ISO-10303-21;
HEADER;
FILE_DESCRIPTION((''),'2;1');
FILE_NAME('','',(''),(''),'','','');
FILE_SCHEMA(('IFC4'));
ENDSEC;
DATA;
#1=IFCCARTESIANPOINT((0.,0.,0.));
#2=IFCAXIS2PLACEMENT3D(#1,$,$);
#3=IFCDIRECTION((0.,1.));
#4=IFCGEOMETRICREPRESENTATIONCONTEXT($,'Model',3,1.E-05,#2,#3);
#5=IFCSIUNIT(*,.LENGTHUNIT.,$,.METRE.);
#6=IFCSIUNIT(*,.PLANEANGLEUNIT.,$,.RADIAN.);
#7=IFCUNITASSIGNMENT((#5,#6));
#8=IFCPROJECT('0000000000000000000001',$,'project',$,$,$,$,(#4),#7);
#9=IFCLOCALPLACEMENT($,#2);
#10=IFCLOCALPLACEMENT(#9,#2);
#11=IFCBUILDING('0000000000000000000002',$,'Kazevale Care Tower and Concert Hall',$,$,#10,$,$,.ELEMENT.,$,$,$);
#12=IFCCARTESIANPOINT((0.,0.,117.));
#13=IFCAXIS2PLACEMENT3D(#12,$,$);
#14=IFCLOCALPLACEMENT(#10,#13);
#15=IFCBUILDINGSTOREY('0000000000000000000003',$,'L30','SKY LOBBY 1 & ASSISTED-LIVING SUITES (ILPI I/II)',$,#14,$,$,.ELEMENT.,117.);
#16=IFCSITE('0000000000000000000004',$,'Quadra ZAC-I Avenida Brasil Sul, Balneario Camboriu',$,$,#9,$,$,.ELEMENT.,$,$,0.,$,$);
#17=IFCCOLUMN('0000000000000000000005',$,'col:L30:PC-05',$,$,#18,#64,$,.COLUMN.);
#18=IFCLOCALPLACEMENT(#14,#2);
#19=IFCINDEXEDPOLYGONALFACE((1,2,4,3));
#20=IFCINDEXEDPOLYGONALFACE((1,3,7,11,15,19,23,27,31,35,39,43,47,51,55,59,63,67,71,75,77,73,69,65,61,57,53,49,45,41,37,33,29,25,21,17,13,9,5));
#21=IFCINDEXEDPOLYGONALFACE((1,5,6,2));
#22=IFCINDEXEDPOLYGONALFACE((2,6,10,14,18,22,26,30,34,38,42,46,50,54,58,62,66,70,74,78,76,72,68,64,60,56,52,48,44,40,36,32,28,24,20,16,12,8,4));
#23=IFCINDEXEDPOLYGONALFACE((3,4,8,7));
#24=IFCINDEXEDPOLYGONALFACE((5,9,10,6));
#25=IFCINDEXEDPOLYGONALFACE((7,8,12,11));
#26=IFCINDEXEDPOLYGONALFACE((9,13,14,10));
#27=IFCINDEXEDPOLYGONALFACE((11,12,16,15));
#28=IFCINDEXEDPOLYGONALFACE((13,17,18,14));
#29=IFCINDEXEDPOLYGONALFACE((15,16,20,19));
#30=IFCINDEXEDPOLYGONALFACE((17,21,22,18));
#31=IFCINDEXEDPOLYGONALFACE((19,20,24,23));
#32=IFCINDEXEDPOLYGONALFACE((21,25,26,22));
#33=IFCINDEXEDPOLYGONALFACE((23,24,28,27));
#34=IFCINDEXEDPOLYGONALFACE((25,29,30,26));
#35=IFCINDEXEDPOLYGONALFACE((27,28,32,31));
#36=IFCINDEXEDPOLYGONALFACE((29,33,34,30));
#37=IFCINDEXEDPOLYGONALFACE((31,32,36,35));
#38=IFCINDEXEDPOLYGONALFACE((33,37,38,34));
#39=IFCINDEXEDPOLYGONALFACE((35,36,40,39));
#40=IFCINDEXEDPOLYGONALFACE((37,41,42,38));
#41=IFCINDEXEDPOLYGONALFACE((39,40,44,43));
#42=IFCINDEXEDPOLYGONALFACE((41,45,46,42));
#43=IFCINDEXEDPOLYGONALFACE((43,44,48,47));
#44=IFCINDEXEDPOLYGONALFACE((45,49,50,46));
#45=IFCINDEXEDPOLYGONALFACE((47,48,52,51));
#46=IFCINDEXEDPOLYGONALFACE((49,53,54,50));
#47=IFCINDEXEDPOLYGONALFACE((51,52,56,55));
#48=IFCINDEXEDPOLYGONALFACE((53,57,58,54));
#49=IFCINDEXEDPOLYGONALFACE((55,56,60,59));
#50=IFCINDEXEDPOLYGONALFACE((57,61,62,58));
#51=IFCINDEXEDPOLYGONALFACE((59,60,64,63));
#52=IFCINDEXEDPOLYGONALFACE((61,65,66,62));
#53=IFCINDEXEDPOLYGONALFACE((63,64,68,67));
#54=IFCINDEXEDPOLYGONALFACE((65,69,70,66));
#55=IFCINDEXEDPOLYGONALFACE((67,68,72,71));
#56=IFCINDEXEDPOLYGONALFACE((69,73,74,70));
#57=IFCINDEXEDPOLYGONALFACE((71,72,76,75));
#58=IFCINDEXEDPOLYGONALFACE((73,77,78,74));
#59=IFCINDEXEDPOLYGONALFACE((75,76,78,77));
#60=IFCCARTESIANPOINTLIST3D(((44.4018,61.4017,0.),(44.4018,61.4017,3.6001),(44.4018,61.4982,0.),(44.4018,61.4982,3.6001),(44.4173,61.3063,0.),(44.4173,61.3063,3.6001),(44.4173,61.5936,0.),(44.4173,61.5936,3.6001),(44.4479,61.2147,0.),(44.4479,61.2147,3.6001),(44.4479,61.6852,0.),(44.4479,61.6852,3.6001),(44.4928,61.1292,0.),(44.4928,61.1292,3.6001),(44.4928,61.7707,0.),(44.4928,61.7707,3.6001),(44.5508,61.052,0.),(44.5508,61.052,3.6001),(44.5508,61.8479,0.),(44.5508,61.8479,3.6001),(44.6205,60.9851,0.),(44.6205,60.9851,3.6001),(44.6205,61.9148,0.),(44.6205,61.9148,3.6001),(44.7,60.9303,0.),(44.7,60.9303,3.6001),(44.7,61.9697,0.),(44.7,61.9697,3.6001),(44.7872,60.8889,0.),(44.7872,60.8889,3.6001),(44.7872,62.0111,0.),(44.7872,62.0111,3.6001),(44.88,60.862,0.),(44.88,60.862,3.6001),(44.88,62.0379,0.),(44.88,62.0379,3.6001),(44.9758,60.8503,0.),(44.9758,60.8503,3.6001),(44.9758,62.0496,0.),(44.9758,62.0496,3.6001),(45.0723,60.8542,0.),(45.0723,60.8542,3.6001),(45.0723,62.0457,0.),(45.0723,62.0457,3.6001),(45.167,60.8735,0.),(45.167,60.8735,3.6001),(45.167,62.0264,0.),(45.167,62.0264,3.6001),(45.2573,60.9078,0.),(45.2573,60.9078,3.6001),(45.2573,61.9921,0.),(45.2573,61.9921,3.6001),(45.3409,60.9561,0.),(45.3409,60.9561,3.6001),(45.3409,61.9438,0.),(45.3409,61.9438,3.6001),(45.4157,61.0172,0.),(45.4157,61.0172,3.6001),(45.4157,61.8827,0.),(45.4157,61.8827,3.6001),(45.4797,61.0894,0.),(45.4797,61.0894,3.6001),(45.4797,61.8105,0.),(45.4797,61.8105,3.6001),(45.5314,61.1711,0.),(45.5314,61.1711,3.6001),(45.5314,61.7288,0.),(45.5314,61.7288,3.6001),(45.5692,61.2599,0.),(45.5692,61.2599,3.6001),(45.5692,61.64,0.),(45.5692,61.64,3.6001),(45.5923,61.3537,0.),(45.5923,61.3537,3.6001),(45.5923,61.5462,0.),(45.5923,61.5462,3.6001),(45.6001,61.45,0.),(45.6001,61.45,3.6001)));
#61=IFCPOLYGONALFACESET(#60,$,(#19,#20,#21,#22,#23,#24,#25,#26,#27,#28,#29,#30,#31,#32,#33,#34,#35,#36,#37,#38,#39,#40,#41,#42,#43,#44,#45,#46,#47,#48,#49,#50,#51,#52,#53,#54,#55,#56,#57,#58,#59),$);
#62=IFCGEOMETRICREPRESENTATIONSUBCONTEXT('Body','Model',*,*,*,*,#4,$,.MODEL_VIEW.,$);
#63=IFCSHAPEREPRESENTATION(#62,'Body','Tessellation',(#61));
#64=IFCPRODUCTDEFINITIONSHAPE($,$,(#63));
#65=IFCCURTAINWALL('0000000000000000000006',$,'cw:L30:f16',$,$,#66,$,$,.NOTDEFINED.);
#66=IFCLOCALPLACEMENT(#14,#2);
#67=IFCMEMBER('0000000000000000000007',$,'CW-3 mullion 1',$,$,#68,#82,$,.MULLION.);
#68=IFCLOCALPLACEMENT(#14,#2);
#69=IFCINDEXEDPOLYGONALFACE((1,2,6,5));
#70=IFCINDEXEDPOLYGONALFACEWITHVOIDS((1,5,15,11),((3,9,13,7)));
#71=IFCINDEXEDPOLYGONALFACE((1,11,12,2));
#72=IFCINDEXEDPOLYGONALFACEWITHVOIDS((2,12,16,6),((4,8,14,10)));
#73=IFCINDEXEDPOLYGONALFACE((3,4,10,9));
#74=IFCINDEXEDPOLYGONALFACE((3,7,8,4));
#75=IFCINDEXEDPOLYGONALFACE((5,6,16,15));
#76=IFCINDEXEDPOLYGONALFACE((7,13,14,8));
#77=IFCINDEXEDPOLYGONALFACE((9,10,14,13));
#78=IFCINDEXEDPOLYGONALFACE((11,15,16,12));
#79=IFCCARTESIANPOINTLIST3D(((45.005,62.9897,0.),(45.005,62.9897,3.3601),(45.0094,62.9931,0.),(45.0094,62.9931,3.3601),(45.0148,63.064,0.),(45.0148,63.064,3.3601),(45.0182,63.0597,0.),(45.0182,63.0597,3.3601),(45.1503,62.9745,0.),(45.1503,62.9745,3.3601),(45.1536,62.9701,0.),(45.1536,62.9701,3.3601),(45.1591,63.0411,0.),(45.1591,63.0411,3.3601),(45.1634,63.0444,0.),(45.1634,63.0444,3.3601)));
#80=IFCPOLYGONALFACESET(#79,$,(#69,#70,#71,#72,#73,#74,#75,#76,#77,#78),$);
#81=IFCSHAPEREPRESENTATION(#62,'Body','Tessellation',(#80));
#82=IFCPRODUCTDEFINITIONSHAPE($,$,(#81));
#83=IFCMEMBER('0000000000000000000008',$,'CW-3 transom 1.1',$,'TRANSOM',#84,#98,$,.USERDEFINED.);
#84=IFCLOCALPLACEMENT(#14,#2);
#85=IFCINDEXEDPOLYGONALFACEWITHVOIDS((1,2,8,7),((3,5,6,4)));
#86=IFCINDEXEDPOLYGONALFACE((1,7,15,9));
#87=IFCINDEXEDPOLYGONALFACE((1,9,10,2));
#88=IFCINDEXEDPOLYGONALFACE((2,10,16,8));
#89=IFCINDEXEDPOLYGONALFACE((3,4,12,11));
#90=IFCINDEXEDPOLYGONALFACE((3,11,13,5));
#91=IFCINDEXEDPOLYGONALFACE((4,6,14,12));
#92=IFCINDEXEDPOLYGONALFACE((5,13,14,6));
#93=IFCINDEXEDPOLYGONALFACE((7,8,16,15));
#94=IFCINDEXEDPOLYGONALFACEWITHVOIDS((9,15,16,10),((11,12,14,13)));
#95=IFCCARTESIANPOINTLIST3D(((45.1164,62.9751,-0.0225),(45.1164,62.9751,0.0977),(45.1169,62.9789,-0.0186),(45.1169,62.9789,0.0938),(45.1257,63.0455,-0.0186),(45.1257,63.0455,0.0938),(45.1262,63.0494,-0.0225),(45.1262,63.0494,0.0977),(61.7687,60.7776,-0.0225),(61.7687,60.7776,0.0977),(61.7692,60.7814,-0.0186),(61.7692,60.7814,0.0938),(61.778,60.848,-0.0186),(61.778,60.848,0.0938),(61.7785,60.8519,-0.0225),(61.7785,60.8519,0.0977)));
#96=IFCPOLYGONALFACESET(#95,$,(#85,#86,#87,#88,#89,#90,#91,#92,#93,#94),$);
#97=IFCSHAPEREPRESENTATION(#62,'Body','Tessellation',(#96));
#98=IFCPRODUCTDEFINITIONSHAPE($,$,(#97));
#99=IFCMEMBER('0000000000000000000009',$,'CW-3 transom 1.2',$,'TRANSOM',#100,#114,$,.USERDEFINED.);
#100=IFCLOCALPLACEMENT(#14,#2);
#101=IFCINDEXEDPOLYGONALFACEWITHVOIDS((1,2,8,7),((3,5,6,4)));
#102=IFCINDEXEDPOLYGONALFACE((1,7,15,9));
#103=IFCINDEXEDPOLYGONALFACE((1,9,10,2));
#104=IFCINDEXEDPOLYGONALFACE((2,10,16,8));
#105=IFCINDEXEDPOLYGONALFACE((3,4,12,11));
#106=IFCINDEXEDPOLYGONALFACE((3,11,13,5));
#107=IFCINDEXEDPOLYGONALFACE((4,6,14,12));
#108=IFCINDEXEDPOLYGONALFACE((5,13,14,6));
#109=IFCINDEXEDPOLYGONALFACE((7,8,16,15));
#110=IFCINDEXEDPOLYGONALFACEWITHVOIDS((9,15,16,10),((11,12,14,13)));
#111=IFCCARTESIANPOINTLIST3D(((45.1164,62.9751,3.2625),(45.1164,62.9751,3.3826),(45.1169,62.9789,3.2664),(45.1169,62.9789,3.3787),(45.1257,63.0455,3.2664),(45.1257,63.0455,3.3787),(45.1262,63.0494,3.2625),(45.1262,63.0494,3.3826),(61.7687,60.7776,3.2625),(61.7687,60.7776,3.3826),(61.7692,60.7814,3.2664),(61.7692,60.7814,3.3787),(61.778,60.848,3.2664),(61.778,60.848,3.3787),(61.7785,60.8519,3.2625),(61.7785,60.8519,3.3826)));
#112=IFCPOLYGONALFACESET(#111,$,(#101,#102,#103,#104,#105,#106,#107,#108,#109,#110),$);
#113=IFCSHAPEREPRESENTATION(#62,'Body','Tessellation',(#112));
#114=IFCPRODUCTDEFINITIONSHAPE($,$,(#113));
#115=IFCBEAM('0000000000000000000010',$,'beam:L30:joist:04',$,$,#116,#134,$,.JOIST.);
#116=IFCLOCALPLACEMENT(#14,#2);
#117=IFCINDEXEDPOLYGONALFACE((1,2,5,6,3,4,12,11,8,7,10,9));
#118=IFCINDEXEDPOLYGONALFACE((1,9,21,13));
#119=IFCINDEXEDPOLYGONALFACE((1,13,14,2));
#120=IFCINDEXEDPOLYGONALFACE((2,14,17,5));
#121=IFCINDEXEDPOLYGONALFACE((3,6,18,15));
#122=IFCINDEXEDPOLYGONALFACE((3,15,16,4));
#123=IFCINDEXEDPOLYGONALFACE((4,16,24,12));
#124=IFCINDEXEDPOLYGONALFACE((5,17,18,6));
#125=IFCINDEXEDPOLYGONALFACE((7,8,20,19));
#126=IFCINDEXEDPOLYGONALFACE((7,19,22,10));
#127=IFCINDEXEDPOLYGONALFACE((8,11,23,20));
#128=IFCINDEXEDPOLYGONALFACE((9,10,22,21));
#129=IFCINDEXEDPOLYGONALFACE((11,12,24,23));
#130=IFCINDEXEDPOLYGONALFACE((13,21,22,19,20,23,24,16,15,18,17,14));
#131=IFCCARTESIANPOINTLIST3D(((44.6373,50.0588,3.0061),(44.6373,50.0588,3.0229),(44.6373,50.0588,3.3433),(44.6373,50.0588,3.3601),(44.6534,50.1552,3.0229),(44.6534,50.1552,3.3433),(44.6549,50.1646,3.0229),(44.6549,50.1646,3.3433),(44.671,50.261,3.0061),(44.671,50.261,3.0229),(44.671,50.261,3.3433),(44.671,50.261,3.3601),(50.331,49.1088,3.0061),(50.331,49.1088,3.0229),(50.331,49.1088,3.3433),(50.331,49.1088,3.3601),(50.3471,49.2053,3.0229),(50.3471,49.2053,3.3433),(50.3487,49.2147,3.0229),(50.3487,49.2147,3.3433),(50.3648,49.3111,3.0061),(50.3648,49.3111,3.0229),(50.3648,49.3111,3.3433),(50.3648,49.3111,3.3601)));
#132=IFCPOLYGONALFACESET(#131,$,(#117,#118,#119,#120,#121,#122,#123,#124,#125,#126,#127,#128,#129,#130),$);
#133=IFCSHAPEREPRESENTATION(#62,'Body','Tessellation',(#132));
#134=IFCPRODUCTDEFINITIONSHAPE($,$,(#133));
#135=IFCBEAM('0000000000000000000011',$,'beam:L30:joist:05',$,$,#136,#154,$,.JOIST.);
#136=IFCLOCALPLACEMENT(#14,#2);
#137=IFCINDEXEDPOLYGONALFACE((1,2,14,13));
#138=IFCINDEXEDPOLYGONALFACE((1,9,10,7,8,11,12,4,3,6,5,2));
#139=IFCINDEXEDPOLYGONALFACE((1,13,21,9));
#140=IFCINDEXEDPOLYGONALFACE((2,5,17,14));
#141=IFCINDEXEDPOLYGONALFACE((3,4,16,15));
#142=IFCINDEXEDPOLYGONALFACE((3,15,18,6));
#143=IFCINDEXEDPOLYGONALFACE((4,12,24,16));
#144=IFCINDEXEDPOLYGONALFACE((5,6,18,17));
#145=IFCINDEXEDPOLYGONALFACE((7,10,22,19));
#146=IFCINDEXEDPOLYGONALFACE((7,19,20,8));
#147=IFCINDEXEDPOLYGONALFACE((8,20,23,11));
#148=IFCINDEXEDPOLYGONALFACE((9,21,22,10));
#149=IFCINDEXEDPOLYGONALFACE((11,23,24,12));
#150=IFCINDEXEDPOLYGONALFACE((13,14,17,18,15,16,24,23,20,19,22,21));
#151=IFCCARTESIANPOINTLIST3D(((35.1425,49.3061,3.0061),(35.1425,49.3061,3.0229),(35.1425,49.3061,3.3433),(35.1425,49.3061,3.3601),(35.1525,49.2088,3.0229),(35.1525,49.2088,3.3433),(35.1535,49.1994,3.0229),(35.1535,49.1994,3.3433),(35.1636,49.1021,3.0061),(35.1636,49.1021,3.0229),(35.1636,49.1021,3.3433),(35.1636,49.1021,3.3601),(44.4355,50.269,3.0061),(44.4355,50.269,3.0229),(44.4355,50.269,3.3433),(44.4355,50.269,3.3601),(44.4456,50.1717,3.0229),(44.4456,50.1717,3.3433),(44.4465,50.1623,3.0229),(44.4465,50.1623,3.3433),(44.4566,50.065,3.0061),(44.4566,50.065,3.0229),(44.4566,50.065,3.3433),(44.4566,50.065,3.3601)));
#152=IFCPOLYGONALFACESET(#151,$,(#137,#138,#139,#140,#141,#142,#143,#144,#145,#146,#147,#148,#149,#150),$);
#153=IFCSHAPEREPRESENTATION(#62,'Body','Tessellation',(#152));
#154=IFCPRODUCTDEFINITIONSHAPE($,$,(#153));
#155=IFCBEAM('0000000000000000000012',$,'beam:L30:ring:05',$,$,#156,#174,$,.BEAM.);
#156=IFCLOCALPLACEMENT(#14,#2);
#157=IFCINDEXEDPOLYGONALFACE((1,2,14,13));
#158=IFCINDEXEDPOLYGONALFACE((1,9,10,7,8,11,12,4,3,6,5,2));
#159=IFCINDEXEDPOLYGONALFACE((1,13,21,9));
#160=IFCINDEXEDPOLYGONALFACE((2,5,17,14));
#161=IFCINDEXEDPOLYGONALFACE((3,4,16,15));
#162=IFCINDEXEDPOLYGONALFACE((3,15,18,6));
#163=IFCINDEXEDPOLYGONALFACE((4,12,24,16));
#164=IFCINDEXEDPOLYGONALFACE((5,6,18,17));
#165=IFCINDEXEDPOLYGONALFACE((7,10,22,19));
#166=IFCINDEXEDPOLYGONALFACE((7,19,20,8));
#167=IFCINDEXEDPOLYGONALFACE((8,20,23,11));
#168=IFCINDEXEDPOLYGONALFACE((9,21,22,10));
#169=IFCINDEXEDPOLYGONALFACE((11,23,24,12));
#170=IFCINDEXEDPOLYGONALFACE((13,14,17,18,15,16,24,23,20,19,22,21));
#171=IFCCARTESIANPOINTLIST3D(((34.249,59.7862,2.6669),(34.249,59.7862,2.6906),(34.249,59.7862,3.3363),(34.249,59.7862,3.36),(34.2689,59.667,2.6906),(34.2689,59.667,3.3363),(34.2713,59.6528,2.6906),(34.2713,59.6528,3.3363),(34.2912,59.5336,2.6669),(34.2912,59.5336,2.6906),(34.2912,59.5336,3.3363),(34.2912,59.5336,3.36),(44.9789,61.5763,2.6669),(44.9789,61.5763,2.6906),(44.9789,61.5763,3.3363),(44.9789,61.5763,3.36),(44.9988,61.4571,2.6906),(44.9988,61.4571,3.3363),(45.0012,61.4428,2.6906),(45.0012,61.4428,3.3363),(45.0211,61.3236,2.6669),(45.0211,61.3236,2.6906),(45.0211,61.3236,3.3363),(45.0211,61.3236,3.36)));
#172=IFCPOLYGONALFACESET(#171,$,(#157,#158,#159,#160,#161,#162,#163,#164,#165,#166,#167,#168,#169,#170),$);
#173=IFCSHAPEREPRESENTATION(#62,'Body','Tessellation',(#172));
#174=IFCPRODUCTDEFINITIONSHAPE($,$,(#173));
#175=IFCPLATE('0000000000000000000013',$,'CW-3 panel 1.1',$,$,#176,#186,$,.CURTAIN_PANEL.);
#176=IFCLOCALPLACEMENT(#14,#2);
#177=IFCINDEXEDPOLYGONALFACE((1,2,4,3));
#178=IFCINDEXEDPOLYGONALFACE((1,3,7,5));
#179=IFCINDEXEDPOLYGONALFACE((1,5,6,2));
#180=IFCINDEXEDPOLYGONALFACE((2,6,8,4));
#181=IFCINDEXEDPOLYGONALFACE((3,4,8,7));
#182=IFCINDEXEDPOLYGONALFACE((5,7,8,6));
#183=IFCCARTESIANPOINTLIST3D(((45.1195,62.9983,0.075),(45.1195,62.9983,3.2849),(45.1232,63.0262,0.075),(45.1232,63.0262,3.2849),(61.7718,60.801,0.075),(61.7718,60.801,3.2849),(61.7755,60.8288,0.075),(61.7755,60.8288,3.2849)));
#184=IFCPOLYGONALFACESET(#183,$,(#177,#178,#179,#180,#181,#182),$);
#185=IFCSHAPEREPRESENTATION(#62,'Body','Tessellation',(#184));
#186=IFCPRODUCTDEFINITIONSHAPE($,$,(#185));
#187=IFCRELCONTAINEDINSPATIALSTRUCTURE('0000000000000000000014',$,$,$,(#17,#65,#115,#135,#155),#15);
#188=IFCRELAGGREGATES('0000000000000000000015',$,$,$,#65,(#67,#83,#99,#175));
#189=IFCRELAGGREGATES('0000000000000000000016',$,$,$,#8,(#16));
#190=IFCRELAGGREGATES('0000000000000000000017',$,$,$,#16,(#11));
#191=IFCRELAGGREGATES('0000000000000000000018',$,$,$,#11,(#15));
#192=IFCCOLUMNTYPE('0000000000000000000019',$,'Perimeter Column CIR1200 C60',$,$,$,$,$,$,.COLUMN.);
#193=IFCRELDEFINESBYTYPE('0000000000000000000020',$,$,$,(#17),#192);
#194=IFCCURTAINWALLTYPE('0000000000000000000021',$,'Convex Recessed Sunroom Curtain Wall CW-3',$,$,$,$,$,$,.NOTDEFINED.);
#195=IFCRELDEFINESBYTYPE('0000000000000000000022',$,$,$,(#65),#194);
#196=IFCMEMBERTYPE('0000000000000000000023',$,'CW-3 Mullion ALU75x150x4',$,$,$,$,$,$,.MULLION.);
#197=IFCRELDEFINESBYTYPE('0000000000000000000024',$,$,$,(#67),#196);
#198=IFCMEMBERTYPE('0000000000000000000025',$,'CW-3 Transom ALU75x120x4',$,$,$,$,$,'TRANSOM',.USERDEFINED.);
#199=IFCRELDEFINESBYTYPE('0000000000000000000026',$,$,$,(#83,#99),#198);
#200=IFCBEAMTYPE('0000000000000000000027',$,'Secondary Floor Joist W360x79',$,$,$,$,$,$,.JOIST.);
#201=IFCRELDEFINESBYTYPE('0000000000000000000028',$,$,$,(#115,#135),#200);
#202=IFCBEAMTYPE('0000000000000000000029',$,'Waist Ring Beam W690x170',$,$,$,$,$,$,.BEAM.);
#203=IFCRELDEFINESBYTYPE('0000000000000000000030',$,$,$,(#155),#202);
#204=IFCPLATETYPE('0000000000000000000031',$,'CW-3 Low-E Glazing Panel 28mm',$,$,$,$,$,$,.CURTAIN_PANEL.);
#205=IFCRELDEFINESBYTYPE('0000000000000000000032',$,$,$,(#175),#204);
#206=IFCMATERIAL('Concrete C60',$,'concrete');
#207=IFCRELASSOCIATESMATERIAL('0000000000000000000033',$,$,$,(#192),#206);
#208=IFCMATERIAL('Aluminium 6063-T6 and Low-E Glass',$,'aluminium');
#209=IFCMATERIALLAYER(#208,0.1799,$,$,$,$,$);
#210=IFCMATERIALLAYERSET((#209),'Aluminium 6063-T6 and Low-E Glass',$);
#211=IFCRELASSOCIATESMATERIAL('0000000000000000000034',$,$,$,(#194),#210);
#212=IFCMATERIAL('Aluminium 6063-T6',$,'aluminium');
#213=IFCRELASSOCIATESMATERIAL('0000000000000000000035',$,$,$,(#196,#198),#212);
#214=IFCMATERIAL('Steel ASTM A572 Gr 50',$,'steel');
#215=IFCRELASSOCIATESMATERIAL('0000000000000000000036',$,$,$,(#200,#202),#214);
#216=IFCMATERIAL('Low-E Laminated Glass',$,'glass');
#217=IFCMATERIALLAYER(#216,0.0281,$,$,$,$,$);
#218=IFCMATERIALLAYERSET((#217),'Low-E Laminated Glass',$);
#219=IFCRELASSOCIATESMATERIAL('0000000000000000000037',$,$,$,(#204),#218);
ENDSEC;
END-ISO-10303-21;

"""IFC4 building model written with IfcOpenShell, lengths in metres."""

from ifc_helpers import new_model, si_unit, direction, frame, origin, origin_2d, place, context, subcontext, project, spatial, rectangle, hollow_rectangle, circle, i_section, extrude, material, layer, layer_set, material_profile, profile_set, type_object, element, aggregate, save


model = new_model("IFC4")

# Units and contexts
model_context = context("Model", 3, precision=1e-05, world=origin(), true_north=direction((0.0, 1.0)))
body_context = subcontext(model_context, "Body", "Model", "MODEL_VIEW")
ifc_project = project(units=[si_unit("LENGTHUNIT", "METRE"), si_unit("PLANEANGLEUNIT", "RADIAN")], contexts=[model_context])

# Site, building, storey
site_placement = place(None, origin())
site = spatial("IfcSite", under=ifc_project, at=site_placement, Name="Quadra ZAC-I Avenida Brasil Sul, Balneario Camboriu", CompositionType="ELEMENT", RefElevation=0.0)
building_placement = place(site_placement, origin())
building = spatial("IfcBuilding", under=site, at=building_placement, Name="Kazevale Care Tower and Concert Hall", CompositionType="ELEMENT")
storey_placement = place(building_placement, frame((0.0, 0.0, 117.0)))
storey = spatial("IfcBuildingStorey", under=building, at=storey_placement, Name="L30", Description="SKY LOBBY 1 & ASSISTED-LIVING SUITES (ILPI I/II)", CompositionType="ELEMENT", Elevation=117.0)

# Column
ifc_material_1 = material(Name="Concrete C60", Category="concrete")
ifc_material_profile_1 = material_profile(ifc_material_1, circle(Radius=0.6001, at=origin_2d()), Name="RC-CIR1200")
ifc_profile_set_1 = profile_set([ifc_material_profile_1], Name="Concrete C60")
column_type = type_object("IfcColumnType", Name="Perimeter Column CIR1200 C60", PredefinedType="COLUMN", material=ifc_profile_set_1)
column_placement = place(storey_placement, frame((45.0, 61.45, 0.0), z_axis=(0.0, 0.0, 1.0), x_axis=(1.0, 0.0, 0.0)))
element("IfcColumn", 1, at=column_placement, inside=storey, type_object=column_type, Name="col:L30:PC-05", PredefinedType="COLUMN", context=body_context, shape_type="SweptSolid", body=[
    extrude(circle(Radius=0.6001, at=origin_2d()), origin(), (0.0, 0.0, 1.0), 3.6001),
])

# Curtain wall, members
ifc_material_2 = material(Name="Aluminium 6063-T6 and Low-E Glass", Category="aluminium")
ifc_layer_1 = layer(ifc_material_2, 0.1799)
ifc_layer_set_1 = layer_set([ifc_layer_1], Name="Aluminium 6063-T6 and Low-E Glass")
curtain_wall_type = type_object("IfcCurtainWallType", Name="Convex Recessed Sunroom Curtain Wall CW-3", PredefinedType="NOTDEFINED", material=ifc_layer_set_1)
curtain_wall_placement = place(storey_placement, origin())
curtain_wall = element("IfcCurtainWall", 2, at=curtain_wall_placement, inside=storey, type_object=curtain_wall_type, Name="cw:L30:f16", PredefinedType="NOTDEFINED")
ifc_material_3 = material(Name="Aluminium 6063-T6", Category="aluminium")
ifc_material_profile_2 = material_profile(ifc_material_3, hollow_rectangle(XDim=0.075, YDim=0.1499, WallThickness=0.0039, at=origin_2d()), Name="ALU75x150x4")
ifc_profile_set_2 = profile_set([ifc_material_profile_2], Name="Aluminium 6063-T6")
member_type_1 = type_object("IfcMemberType", Name="CW-3 Mullion ALU75x150x4", PredefinedType="MULLION", material=ifc_profile_set_2)
member_1_placement = place(storey_placement, frame((45.0842, 63.0171, 0.0), z_axis=(0.0, 0.0, 1.0), x_axis=(0.130822, 0.991406, 0.0)))
member_1 = element("IfcMember", 3, at=member_1_placement, type_object=member_type_1, Name="CW-3 mullion 1", PredefinedType="MULLION", context=body_context, shape_type="SweptSolid", body=[
    extrude(hollow_rectangle(XDim=0.075, YDim=0.1499, WallThickness=0.0039, at=origin_2d()), origin(), (0.0, 0.0, 1.0), 3.3601),
])
ifc_material_profile_3 = material_profile(ifc_material_3, hollow_rectangle(XDim=0.075, YDim=0.1201, WallThickness=0.0039, at=origin_2d()), Name="ALU75x120x4")
ifc_profile_set_3 = profile_set([ifc_material_profile_3], Name="Aluminium 6063-T6")
member_type_2 = type_object("IfcMemberType", Name="CW-3 Transom ALU75x120x4", ElementType="TRANSOM", PredefinedType="USERDEFINED", material=ifc_profile_set_3)
member_2_placement = place(storey_placement, frame((45.1213, 63.0122, 0.0376), z_axis=(0.991405, -0.13083, 0.0), x_axis=(0.13083, 0.991405, 0.0)))
member_2 = element("IfcMember", 4, at=member_2_placement, type_object=member_type_2, Name="CW-3 transom 1.1", ObjectType="TRANSOM", PredefinedType="USERDEFINED", context=body_context, shape_type="SweptSolid", body=[
    extrude(hollow_rectangle(XDim=0.075, YDim=0.1201, WallThickness=0.0039, at=origin_2d()), origin(), (0.0, 0.0, 1.0), 16.7966),
])
member_3_placement = place(storey_placement, frame((45.1213, 63.0122, 3.3225), z_axis=(0.991405, -0.13083, 0.0), x_axis=(0.13083, 0.991405, 0.0)))
member_3 = element("IfcMember", 5, at=member_3_placement, type_object=member_type_2, Name="CW-3 transom 1.2", ObjectType="TRANSOM", PredefinedType="USERDEFINED", context=body_context, shape_type="SweptSolid", body=[
    extrude(hollow_rectangle(XDim=0.075, YDim=0.1201, WallThickness=0.0039, at=origin_2d()), origin(), (0.0, 0.0, 1.0), 16.7966),
])

# Beams
ifc_material_4 = material(Name="Steel ASTM A572 Gr 50", Category="steel")
ifc_material_profile_4 = material_profile(ifc_material_4, i_section(OverallWidth=0.2051, OverallDepth=0.354, WebThickness=0.0095, FlangeThickness=0.0168, at=origin_2d()), Name="W360x79")
ifc_profile_set_4 = profile_set([ifc_material_profile_4], Name="Steel ASTM A572 Gr 50")
beam_type_1 = type_object("IfcBeamType", Name="Secondary Floor Joist W360x79", PredefinedType="JOIST", material=ifc_profile_set_4)
beam_1_placement = place(storey_placement, frame((50.3479, 49.21, 3.1831), z_axis=(-0.986366, 0.164564, 0.0), x_axis=(-0.164564, -0.986366, 0.0)))
element("IfcBeam", 6, at=beam_1_placement, inside=storey, type_object=beam_type_1, Name="beam:L30:joist:04", PredefinedType="JOIST", context=body_context, shape_type="SweptSolid", body=[
    extrude(i_section(OverallWidth=0.2051, OverallDepth=0.354, WebThickness=0.0095, FlangeThickness=0.0168, at=origin_2d()), origin(), (0.0, 0.0, 1.0), 5.7725),
])
beam_2_placement = place(storey_placement, frame((44.446, 50.167, 3.1831), z_axis=(-0.994675, -0.103063, 0.0), x_axis=(0.103063, -0.994675, 0.0)))
element("IfcBeam", 7, at=beam_2_placement, inside=storey, type_object=beam_type_1, Name="beam:L30:joist:05", PredefinedType="JOIST", context=body_context, shape_type="SweptSolid", body=[
    extrude(i_section(OverallWidth=0.2051, OverallDepth=0.354, WebThickness=0.0095, FlangeThickness=0.0168, at=origin_2d()), origin(), (0.0, 0.0, 1.0), 9.3428),
])
ifc_material_profile_5 = material_profile(ifc_material_4, i_section(OverallWidth=0.2561, OverallDepth=0.6931, WebThickness=0.0144, FlangeThickness=0.0237, at=origin_2d()), Name="W690x170")
ifc_profile_set_5 = profile_set([ifc_material_profile_5], Name="Steel ASTM A572 Gr 50")
beam_type_2 = type_object("IfcBeamType", Name="Waist Ring Beam W690x170", PredefinedType="BEAM", material=ifc_profile_set_5)
beam_3_placement = place(storey_placement, frame((45.0, 61.45, 3.0134), z_axis=(-0.986368, -0.164552, 0.0), x_axis=(0.164552, -0.986368, 0.0)))
element("IfcBeam", 8, at=beam_3_placement, inside=storey, type_object=beam_type_2, Name="beam:L30:ring:05", PredefinedType="BEAM", context=body_context, shape_type="SweptSolid", body=[
    extrude(i_section(OverallWidth=0.2561, OverallDepth=0.6931, WebThickness=0.0144, FlangeThickness=0.0237, at=origin_2d()), origin(), (0.0, 0.0, 1.0), 10.8782),
])

# Plate
ifc_material_5 = material(Name="Low-E Laminated Glass", Category="glass")
ifc_layer_2 = layer(ifc_material_5, 0.0281)
ifc_layer_set_2 = layer_set([ifc_layer_2], Name="Low-E Laminated Glass")
plate_type = type_object("IfcPlateType", Name="CW-3 Low-E Glazing Panel 28mm", PredefinedType="CURTAIN_PANEL", material=ifc_layer_set_2)
plate_placement = place(storey_placement, frame((53.4475, 61.9136, 0.075), z_axis=(0.0, 0.0, 1.0), x_axis=(0.991406, -0.130822, 0.0)))
plate = element("IfcPlate", 9, at=plate_placement, type_object=plate_type, Name="CW-3 panel 1.1", PredefinedType="CURTAIN_PANEL", context=body_context, shape_type="SweptSolid", body=[
    extrude(rectangle(XDim=16.7966, YDim=0.0281, at=origin_2d()), origin(), (0.0, 0.0, 1.0), 3.21),
])
aggregate(curtain_wall, [member_1, member_2, member_3, plate])

save(model, "model.ifc")
